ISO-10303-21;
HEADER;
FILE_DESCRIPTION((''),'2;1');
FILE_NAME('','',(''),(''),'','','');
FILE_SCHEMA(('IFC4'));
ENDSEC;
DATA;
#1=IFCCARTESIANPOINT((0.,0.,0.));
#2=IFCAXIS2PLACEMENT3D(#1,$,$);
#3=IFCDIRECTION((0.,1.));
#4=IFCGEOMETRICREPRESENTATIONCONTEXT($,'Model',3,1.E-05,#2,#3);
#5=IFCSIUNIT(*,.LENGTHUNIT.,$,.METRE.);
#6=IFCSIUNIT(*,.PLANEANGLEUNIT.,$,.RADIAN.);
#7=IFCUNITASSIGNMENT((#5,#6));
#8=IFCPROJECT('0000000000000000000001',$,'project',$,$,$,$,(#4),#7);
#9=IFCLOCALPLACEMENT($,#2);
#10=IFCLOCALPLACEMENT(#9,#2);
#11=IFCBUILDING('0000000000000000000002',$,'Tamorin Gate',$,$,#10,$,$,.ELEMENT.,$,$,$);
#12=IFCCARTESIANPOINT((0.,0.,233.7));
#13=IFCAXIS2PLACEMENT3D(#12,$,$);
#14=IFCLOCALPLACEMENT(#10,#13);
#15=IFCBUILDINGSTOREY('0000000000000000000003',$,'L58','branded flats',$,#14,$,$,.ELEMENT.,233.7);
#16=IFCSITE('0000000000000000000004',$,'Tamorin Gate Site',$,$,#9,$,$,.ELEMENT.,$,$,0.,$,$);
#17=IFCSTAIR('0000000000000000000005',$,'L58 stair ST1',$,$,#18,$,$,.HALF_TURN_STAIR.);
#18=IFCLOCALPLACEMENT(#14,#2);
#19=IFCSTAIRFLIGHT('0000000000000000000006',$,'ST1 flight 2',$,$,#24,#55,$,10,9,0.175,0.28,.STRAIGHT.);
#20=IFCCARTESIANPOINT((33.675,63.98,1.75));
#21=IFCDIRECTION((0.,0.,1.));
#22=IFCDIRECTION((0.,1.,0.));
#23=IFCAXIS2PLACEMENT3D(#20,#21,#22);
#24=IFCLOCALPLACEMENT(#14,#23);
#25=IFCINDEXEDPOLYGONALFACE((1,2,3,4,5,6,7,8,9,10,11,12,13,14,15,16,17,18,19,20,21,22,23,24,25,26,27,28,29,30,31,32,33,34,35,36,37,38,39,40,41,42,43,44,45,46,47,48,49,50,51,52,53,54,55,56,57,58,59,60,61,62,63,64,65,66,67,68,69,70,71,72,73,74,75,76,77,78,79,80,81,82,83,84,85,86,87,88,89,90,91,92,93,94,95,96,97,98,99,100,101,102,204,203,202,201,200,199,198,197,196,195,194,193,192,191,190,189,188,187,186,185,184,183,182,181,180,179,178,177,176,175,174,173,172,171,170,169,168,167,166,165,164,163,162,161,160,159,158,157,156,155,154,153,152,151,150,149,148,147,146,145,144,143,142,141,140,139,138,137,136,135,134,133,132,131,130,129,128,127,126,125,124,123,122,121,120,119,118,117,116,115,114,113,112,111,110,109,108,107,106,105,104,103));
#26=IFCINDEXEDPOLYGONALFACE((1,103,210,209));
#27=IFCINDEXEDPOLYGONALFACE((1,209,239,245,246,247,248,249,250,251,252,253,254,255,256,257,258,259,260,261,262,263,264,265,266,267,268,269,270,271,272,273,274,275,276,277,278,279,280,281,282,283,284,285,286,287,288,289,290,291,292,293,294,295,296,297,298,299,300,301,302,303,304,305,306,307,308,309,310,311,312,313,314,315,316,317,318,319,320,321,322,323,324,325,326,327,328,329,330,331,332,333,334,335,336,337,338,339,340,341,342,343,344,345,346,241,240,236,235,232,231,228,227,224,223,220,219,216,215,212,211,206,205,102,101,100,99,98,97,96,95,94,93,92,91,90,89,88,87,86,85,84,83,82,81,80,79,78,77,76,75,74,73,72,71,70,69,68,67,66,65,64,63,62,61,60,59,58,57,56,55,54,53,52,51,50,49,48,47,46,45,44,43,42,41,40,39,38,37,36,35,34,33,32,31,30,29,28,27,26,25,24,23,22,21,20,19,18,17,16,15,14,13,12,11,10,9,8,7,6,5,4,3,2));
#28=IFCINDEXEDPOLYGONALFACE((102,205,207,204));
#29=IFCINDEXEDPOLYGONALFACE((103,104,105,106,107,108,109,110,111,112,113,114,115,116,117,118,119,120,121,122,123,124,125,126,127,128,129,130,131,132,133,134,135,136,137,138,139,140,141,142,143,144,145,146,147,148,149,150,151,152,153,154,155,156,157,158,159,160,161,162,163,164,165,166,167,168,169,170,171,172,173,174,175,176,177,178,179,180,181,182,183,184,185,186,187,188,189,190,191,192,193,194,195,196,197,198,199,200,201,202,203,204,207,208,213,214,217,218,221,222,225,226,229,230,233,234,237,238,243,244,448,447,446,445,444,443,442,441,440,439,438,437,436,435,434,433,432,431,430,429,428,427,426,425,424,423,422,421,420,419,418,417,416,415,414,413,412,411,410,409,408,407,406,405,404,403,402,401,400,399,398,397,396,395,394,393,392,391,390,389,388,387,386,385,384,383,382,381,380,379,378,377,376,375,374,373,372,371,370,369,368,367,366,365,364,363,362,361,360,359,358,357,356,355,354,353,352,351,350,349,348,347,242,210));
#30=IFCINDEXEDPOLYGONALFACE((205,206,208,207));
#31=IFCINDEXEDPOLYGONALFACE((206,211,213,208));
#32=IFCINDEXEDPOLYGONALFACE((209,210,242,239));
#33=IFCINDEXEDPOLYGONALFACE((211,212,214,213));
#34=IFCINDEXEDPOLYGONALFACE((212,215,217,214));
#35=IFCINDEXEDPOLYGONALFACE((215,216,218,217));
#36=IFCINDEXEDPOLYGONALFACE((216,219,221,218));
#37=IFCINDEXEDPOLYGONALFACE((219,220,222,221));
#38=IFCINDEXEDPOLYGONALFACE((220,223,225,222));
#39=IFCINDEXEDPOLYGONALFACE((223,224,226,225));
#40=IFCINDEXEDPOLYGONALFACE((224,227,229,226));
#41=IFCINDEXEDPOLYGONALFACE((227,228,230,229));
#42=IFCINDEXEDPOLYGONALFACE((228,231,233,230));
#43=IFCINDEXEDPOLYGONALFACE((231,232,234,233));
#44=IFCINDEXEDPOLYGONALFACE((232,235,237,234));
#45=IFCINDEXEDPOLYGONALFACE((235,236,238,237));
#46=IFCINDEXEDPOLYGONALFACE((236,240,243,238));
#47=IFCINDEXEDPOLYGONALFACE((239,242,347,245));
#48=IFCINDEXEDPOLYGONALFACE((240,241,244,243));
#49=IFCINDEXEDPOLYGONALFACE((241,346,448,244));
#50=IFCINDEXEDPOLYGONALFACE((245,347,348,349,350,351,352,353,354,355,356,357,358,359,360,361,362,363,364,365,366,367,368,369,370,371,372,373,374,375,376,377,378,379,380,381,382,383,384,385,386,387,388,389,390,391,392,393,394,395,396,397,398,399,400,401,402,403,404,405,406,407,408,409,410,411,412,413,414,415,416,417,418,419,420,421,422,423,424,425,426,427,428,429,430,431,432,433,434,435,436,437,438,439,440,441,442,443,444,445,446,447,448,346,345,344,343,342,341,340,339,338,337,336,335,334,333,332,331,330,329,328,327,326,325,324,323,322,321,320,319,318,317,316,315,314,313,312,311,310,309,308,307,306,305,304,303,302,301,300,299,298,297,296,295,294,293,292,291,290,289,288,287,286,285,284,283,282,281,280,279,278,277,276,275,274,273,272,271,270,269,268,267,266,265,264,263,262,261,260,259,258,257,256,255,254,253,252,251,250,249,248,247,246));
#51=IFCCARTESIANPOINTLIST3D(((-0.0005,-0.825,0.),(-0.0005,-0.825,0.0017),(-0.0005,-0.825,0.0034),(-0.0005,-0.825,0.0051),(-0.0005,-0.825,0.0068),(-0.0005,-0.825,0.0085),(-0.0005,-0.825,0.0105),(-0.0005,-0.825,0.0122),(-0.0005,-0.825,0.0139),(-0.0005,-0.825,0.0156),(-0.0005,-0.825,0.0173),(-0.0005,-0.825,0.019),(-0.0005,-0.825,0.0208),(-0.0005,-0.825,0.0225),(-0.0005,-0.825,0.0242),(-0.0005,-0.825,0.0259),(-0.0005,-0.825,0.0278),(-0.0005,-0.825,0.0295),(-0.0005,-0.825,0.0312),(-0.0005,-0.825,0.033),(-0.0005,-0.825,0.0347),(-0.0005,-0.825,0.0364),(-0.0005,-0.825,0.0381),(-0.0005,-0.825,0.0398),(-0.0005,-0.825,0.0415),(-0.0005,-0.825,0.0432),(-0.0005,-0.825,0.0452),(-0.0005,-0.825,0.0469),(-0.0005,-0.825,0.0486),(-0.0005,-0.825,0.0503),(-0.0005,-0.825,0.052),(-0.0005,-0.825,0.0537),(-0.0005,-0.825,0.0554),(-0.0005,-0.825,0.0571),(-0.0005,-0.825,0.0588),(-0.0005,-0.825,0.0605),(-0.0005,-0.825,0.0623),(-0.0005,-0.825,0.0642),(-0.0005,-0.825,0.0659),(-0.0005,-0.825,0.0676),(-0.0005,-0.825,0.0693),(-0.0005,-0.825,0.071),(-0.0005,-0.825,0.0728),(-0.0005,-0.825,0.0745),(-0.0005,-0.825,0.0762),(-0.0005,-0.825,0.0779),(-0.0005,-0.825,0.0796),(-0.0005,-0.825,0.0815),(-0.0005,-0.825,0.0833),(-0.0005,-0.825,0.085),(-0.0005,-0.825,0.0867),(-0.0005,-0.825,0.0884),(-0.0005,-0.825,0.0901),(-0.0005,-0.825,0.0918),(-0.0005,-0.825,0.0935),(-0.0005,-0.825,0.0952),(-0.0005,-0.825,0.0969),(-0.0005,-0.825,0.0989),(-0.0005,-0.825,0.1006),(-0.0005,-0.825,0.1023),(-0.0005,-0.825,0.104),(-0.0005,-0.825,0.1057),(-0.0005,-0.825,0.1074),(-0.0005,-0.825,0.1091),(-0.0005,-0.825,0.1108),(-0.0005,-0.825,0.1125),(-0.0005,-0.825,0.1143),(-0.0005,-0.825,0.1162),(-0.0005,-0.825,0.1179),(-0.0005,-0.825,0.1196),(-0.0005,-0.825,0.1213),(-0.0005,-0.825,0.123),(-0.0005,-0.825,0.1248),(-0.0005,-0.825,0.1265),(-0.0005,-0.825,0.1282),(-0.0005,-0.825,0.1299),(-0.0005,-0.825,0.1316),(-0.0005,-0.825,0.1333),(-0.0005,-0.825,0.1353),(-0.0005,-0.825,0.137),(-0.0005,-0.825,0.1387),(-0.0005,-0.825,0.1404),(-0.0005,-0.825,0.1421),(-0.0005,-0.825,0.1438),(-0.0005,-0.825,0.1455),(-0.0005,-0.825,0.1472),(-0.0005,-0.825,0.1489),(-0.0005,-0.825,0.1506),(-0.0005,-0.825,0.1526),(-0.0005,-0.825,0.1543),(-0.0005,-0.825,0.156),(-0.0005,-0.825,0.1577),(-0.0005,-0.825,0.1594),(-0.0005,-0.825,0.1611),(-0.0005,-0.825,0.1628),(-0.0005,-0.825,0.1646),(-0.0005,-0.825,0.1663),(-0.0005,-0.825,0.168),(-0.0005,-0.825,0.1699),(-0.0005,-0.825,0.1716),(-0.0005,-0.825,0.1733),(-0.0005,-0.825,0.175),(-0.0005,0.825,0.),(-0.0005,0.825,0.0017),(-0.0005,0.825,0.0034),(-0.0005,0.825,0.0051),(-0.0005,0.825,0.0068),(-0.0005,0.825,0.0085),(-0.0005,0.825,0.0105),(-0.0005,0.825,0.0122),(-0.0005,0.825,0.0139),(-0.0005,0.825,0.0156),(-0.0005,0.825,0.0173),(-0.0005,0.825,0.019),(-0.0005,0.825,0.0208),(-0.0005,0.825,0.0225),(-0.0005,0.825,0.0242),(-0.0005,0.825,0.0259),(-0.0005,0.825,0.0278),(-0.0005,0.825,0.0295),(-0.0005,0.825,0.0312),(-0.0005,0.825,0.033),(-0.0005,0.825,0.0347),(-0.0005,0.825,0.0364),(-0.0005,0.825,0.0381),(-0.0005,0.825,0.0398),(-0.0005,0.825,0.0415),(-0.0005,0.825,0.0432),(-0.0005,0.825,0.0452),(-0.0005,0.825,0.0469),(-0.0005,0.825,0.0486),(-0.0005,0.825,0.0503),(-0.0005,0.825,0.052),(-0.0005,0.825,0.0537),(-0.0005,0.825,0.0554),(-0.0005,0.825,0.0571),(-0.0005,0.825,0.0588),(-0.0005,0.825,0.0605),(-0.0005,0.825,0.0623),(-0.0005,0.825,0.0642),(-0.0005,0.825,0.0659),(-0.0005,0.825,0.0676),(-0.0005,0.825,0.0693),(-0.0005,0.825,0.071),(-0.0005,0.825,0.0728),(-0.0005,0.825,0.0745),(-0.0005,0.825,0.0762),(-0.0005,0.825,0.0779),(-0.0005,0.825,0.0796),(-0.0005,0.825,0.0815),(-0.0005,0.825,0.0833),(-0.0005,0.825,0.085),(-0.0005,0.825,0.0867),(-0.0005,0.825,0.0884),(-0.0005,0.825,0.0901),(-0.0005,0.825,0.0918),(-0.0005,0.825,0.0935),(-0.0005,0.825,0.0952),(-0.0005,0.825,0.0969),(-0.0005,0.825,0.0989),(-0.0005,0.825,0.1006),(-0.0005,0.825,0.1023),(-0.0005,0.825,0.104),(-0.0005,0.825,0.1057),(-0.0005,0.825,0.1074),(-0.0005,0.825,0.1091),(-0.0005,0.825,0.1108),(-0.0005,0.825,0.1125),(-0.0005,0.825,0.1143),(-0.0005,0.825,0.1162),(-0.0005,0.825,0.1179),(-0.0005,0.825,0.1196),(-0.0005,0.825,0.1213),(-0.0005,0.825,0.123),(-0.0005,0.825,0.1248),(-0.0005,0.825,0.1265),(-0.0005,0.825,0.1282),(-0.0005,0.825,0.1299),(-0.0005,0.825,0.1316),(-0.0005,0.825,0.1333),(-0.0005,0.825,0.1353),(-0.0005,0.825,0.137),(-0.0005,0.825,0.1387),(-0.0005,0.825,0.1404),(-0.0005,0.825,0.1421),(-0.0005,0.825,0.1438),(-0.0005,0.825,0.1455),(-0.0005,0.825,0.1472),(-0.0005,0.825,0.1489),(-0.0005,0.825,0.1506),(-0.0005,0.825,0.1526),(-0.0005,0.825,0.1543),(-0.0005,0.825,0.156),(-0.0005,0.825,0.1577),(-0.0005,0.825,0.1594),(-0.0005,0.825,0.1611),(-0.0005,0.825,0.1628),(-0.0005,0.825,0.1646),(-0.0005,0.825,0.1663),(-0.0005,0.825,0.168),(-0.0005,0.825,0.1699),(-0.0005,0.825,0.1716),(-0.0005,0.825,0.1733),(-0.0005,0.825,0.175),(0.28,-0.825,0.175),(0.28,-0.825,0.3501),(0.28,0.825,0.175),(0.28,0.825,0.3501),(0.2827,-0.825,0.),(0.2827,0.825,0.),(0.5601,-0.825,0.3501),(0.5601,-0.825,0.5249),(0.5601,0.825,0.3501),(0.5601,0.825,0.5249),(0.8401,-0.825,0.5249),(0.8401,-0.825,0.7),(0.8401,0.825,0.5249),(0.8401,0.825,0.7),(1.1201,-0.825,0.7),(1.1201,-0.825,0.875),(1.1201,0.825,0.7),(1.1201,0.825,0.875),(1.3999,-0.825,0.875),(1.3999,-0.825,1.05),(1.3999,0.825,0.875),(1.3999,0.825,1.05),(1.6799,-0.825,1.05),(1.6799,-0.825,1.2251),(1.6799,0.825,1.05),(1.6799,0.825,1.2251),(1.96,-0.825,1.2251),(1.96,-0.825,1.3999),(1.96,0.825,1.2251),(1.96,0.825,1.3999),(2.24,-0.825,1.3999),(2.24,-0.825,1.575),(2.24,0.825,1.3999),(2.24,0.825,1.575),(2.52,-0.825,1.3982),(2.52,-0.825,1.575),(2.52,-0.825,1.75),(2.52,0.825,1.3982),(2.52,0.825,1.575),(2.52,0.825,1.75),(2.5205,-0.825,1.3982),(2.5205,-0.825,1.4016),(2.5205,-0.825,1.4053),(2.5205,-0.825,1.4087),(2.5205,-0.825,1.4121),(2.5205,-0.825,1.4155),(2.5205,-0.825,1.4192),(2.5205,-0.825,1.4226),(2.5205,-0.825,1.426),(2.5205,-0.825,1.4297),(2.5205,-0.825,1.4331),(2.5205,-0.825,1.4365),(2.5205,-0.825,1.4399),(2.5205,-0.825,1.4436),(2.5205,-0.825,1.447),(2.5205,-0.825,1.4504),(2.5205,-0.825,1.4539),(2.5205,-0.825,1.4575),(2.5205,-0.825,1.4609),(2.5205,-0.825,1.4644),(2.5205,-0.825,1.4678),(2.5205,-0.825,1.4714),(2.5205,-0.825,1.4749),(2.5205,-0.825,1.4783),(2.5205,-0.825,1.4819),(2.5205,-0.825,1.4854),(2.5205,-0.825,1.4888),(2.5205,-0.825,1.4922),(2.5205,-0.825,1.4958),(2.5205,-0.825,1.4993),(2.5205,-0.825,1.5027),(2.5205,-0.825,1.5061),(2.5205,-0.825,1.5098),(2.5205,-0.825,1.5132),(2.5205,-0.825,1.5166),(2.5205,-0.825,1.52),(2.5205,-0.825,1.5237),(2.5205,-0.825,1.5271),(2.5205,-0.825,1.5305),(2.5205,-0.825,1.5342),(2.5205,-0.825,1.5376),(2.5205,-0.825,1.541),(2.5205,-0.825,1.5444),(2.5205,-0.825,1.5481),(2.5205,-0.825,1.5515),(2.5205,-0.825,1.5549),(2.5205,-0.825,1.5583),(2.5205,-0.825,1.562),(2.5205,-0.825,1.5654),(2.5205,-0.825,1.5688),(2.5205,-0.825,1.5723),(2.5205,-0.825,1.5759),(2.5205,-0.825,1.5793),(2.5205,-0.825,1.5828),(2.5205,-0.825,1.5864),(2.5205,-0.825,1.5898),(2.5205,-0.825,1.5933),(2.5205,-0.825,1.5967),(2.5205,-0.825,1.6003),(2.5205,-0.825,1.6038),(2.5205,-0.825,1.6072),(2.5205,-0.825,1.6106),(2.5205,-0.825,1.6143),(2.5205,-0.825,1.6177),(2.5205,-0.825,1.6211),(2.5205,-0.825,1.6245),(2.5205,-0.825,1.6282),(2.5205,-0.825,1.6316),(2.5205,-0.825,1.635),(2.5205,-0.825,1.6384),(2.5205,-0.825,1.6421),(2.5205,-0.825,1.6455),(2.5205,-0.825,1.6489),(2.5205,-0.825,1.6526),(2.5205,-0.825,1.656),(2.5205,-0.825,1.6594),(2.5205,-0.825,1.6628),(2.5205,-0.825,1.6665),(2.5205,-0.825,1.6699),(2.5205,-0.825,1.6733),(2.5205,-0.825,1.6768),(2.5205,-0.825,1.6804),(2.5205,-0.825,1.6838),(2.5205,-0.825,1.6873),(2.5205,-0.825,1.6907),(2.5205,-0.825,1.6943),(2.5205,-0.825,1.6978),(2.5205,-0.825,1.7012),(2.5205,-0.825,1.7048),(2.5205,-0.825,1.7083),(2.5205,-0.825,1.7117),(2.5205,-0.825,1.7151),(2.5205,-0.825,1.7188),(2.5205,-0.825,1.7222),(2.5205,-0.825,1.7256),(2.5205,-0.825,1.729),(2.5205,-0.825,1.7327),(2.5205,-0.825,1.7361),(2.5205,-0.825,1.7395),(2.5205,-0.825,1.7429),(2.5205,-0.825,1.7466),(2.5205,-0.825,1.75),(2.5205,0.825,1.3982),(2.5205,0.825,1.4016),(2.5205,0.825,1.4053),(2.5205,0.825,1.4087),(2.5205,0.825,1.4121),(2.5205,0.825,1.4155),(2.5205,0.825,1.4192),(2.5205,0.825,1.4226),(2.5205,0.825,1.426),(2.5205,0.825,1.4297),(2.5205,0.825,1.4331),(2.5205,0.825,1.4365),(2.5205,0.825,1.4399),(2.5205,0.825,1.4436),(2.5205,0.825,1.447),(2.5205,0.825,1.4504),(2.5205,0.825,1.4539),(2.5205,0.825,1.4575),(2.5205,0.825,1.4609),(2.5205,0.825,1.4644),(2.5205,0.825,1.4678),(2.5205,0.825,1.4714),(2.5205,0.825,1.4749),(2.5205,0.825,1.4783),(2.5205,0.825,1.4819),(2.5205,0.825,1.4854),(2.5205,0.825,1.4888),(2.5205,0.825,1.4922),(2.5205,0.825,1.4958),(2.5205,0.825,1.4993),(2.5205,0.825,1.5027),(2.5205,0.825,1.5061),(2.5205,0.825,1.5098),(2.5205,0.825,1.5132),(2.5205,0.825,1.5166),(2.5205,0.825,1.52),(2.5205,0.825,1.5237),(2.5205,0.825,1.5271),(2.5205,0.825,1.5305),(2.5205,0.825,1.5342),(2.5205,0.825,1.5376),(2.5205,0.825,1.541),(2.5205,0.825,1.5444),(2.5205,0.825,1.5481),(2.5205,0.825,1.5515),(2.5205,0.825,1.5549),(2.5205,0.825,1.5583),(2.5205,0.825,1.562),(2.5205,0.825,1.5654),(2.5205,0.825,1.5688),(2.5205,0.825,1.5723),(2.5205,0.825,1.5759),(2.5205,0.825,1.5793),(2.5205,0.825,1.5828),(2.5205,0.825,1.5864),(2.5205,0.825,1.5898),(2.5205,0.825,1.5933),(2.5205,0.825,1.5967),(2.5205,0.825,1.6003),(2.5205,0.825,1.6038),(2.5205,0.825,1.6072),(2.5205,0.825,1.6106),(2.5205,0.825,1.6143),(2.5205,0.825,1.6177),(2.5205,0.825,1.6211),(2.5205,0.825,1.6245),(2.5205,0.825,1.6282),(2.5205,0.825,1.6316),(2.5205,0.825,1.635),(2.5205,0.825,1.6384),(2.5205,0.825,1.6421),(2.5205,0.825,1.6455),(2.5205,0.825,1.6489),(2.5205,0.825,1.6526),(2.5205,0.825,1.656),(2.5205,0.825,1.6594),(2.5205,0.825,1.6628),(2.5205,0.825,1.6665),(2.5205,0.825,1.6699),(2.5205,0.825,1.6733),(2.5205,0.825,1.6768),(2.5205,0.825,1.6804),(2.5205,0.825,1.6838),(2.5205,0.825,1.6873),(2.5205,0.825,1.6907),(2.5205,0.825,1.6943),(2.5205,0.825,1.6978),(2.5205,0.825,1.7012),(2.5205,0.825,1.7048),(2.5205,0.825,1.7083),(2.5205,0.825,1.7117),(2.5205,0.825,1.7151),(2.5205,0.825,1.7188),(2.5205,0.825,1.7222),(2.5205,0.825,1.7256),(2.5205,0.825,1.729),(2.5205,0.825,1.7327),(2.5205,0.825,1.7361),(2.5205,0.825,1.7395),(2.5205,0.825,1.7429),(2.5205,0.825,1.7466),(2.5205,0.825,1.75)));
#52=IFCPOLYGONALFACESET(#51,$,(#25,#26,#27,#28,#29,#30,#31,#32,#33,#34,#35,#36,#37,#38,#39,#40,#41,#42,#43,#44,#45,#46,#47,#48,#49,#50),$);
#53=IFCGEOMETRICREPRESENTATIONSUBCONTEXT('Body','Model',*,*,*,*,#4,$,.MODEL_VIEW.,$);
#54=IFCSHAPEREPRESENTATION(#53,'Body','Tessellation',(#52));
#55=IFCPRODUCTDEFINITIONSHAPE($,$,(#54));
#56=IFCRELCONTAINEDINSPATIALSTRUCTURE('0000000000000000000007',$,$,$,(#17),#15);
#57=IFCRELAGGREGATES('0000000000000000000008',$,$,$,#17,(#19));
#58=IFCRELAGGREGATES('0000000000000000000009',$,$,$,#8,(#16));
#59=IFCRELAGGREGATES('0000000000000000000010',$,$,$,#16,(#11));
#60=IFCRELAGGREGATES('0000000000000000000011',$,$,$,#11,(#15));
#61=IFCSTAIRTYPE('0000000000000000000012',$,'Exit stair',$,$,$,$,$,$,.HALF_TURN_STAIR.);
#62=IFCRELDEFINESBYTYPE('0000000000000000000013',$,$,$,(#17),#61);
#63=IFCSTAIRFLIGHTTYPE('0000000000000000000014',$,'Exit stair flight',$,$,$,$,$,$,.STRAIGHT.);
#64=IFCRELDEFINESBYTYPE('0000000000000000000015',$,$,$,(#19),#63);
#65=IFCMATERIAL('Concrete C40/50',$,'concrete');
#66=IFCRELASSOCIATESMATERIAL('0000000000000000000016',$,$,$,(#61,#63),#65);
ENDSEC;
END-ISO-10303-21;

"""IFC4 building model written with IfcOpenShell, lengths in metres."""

from ifc_helpers import new_model, si_unit, direction, frame, origin, place, context, subcontext, project, spatial, polyline, outline, extrude, material, type_object, element, aggregate, save


model = new_model("IFC4")

# Units and contexts
model_context = context("Model", 3, precision=1e-05, world=origin(), true_north=direction((0.0, 1.0)))
body_context = subcontext(model_context, "Body", "Model", "MODEL_VIEW")
ifc_project = project(units=[si_unit("LENGTHUNIT", "METRE"), si_unit("PLANEANGLEUNIT", "RADIAN")], contexts=[model_context])

# Site, building, storey
site_placement = place(None, origin())
site = spatial("IfcSite", under=ifc_project, at=site_placement, Name="Tamorin Gate Site", CompositionType="ELEMENT", RefElevation=0.0)
building_placement = place(site_placement, origin())
building = spatial("IfcBuilding", under=site, at=building_placement, Name="Tamorin Gate", CompositionType="ELEMENT")
storey_placement = place(building_placement, frame((0.0, 0.0, 233.7)))
storey = spatial("IfcBuildingStorey", under=building, at=storey_placement, Name="L58", Description="branded flats", CompositionType="ELEMENT", Elevation=233.7)

# Shared definitions
ifc_material_1 = material(Name="Concrete C40/50", Category="concrete")

# Stair, stair flight
stair_type = type_object("IfcStairType", Name="Exit stair", PredefinedType="HALF_TURN_STAIR", material=ifc_material_1)
stair_1_placement = place(storey_placement, origin())
stair_1 = element("IfcStair", 1, at=stair_1_placement, inside=storey, type_object=stair_type, Name="L58 stair ST1", PredefinedType="HALF_TURN_STAIR")
stair_flight_type = type_object("IfcStairFlightType", Name="Exit stair flight", PredefinedType="STRAIGHT", material=ifc_material_1)
stair_flight_1_placement = place(storey_placement, frame((33.675, 63.98, 1.75), z_axis=(0.0, 0.0, 1.0), x_axis=(0.0, 1.0, 0.0)))
stair_flight_1 = element("IfcStairFlight", 2, at=stair_flight_1_placement, type_object=stair_flight_type, Name="ST1 flight 2", NumberOfRisers=10, NumberOfTreads=9, PredefinedType="STRAIGHT", RiserHeight=0.175, TreadLength=0.28, context=body_context, shape_type="SweptSolid", body=[
    extrude(outline(polyline([(-0.0005, 0.0), (-0.0005, 0.0017), (-0.0005, 0.0034), (-0.0005, 0.0051), (-0.0005, 0.0068), (-0.0005, 0.0085), (-0.0005, 0.0105), (-0.0005, 0.0122), (-0.0005, 0.0139), (-0.0005, 0.0156), (-0.0005, 0.0173), (-0.0005, 0.019), (-0.0005, 0.0208), (-0.0005, 0.0225), (-0.0005, 0.0242), (-0.0005, 0.0259), (-0.0005, 0.0278), (-0.0005, 0.0295), (-0.0005, 0.0312), (-0.0005, 0.033), (-0.0005, 0.0347), (-0.0005, 0.0364), (-0.0005, 0.0381), (-0.0005, 0.0398), (-0.0005, 0.0415), (-0.0005, 0.0432), (-0.0005, 0.0452), (-0.0005, 0.0469), (-0.0005, 0.0486), (-0.0005, 0.0503), (-0.0005, 0.052), (-0.0005, 0.0537), (-0.0005, 0.0554), (-0.0005, 0.0571), (-0.0005, 0.0588), (-0.0005, 0.0605), (-0.0005, 0.0623), (-0.0005, 0.0642), (-0.0005, 0.0659), (-0.0005, 0.0676), (-0.0005, 0.0693), (-0.0005, 0.071), (-0.0005, 0.0728), (-0.0005, 0.0745), (-0.0005, 0.0762), (-0.0005, 0.0779), (-0.0005, 0.0796), (-0.0005, 0.0815), (-0.0005, 0.0833), (-0.0005, 0.085), (-0.0005, 0.0867), (-0.0005, 0.0884), (-0.0005, 0.0901), (-0.0005, 0.0918), (-0.0005, 0.0935), (-0.0005, 0.0952), (-0.0005, 0.0969), (-0.0005, 0.0989), (-0.0005, 0.1006), (-0.0005, 0.1023), (-0.0005, 0.104), (-0.0005, 0.1057), (-0.0005, 0.1074), (-0.0005, 0.1091), (-0.0005, 0.1108), (-0.0005, 0.1125), (-0.0005, 0.1143), (-0.0005, 0.1162), (-0.0005, 0.1179), (-0.0005, 0.1196), (-0.0005, 0.1213), (-0.0005, 0.123), (-0.0005, 0.1248), (-0.0005, 0.1265), (-0.0005, 0.1282), (-0.0005, 0.1299), (-0.0005, 0.1316), (-0.0005, 0.1333), (-0.0005, 0.1353), (-0.0005, 0.137), (-0.0005, 0.1387), (-0.0005, 0.1404), (-0.0005, 0.1421), (-0.0005, 0.1438), (-0.0005, 0.1455), (-0.0005, 0.1472), (-0.0005, 0.1489), (-0.0005, 0.1506), (-0.0005, 0.1526), (-0.0005, 0.1543), (-0.0005, 0.156), (-0.0005, 0.1577), (-0.0005, 0.1594), (-0.0005, 0.1611), (-0.0005, 0.1628), (-0.0005, 0.1646), (-0.0005, 0.1663), (-0.0005, 0.168), (-0.0005, 0.1699), (-0.0005, 0.1716), (-0.0005, 0.1733), (-0.0005, 0.175), (0.28, 0.175), (0.28, 0.3501), (0.5601, 0.3501), (0.5601, 0.5249), (0.8401, 0.5249), (0.8401, 0.7), (1.1201, 0.7), (1.1201, 0.875), (1.3999, 0.875), (1.3999, 1.05), (1.6799, 1.05), (1.6799, 1.2251), (1.96, 1.2251), (1.96, 1.3999), (2.24, 1.3999), (2.24, 1.575), (2.52, 1.575), (2.52, 1.75), (2.5205, 1.75), (2.5205, 1.7466), (2.5205, 1.7429), (2.5205, 1.7395), (2.5205, 1.7361), (2.5205, 1.7327), (2.5205, 1.729), (2.5205, 1.7256), (2.5205, 1.7222), (2.5205, 1.7188), (2.5205, 1.7151), (2.5205, 1.7117), (2.5205, 1.7083), (2.5205, 1.7048), (2.5205, 1.7012), (2.5205, 1.6978), (2.5205, 1.6943), (2.5205, 1.6907), (2.5205, 1.6873), (2.5205, 1.6838), (2.5205, 1.6804), (2.5205, 1.6768), (2.5205, 1.6733), (2.5205, 1.6699), (2.5205, 1.6665), (2.5205, 1.6628), (2.5205, 1.6594), (2.5205, 1.656), (2.5205, 1.6526), (2.5205, 1.6489), (2.5205, 1.6455), (2.5205, 1.6421), (2.5205, 1.6384), (2.5205, 1.635), (2.5205, 1.6316), (2.5205, 1.6282), (2.5205, 1.6245), (2.5205, 1.6211), (2.5205, 1.6177), (2.5205, 1.6143), (2.5205, 1.6106), (2.5205, 1.6072), (2.5205, 1.6038), (2.5205, 1.6003), (2.5205, 1.5967), (2.5205, 1.5933), (2.5205, 1.5898), (2.5205, 1.5864), (2.5205, 1.5828), (2.5205, 1.5793), (2.5205, 1.5759), (2.5205, 1.5723), (2.5205, 1.5688), (2.5205, 1.5654), (2.5205, 1.562), (2.5205, 1.5583), (2.5205, 1.5549), (2.5205, 1.5515), (2.5205, 1.5481), (2.5205, 1.5444), (2.5205, 1.541), (2.5205, 1.5376), (2.5205, 1.5342), (2.5205, 1.5305), (2.5205, 1.5271), (2.5205, 1.5237), (2.5205, 1.52), (2.5205, 1.5166), (2.5205, 1.5132), (2.5205, 1.5098), (2.5205, 1.5061), (2.5205, 1.5027), (2.5205, 1.4993), (2.5205, 1.4958), (2.5205, 1.4922), (2.5205, 1.4888), (2.5205, 1.4854), (2.5205, 1.4819), (2.5205, 1.4783), (2.5205, 1.4749), (2.5205, 1.4714), (2.5205, 1.4678), (2.5205, 1.4644), (2.5205, 1.4609), (2.5205, 1.4575), (2.5205, 1.4539), (2.5205, 1.4504), (2.5205, 1.447), (2.5205, 1.4436), (2.5205, 1.4399), (2.5205, 1.4365), (2.5205, 1.4331), (2.5205, 1.4297), (2.5205, 1.426), (2.5205, 1.4226), (2.5205, 1.4192), (2.5205, 1.4155), (2.5205, 1.4121), (2.5205, 1.4087), (2.5205, 1.4053), (2.5205, 1.4016), (2.5205, 1.3982), (2.52, 1.3982), (0.2827, 0.0), (-0.0005, 0.0)])), frame((0.0, 0.825, 0.0), z_axis=(0.0, -1.0, 0.0), x_axis=(1.0, 0.0, 0.0)), (0.0, 0.0, 1.0), 1.6499),
])
aggregate(stair_1, [stair_flight_1])

save(model, "model.ifc")
